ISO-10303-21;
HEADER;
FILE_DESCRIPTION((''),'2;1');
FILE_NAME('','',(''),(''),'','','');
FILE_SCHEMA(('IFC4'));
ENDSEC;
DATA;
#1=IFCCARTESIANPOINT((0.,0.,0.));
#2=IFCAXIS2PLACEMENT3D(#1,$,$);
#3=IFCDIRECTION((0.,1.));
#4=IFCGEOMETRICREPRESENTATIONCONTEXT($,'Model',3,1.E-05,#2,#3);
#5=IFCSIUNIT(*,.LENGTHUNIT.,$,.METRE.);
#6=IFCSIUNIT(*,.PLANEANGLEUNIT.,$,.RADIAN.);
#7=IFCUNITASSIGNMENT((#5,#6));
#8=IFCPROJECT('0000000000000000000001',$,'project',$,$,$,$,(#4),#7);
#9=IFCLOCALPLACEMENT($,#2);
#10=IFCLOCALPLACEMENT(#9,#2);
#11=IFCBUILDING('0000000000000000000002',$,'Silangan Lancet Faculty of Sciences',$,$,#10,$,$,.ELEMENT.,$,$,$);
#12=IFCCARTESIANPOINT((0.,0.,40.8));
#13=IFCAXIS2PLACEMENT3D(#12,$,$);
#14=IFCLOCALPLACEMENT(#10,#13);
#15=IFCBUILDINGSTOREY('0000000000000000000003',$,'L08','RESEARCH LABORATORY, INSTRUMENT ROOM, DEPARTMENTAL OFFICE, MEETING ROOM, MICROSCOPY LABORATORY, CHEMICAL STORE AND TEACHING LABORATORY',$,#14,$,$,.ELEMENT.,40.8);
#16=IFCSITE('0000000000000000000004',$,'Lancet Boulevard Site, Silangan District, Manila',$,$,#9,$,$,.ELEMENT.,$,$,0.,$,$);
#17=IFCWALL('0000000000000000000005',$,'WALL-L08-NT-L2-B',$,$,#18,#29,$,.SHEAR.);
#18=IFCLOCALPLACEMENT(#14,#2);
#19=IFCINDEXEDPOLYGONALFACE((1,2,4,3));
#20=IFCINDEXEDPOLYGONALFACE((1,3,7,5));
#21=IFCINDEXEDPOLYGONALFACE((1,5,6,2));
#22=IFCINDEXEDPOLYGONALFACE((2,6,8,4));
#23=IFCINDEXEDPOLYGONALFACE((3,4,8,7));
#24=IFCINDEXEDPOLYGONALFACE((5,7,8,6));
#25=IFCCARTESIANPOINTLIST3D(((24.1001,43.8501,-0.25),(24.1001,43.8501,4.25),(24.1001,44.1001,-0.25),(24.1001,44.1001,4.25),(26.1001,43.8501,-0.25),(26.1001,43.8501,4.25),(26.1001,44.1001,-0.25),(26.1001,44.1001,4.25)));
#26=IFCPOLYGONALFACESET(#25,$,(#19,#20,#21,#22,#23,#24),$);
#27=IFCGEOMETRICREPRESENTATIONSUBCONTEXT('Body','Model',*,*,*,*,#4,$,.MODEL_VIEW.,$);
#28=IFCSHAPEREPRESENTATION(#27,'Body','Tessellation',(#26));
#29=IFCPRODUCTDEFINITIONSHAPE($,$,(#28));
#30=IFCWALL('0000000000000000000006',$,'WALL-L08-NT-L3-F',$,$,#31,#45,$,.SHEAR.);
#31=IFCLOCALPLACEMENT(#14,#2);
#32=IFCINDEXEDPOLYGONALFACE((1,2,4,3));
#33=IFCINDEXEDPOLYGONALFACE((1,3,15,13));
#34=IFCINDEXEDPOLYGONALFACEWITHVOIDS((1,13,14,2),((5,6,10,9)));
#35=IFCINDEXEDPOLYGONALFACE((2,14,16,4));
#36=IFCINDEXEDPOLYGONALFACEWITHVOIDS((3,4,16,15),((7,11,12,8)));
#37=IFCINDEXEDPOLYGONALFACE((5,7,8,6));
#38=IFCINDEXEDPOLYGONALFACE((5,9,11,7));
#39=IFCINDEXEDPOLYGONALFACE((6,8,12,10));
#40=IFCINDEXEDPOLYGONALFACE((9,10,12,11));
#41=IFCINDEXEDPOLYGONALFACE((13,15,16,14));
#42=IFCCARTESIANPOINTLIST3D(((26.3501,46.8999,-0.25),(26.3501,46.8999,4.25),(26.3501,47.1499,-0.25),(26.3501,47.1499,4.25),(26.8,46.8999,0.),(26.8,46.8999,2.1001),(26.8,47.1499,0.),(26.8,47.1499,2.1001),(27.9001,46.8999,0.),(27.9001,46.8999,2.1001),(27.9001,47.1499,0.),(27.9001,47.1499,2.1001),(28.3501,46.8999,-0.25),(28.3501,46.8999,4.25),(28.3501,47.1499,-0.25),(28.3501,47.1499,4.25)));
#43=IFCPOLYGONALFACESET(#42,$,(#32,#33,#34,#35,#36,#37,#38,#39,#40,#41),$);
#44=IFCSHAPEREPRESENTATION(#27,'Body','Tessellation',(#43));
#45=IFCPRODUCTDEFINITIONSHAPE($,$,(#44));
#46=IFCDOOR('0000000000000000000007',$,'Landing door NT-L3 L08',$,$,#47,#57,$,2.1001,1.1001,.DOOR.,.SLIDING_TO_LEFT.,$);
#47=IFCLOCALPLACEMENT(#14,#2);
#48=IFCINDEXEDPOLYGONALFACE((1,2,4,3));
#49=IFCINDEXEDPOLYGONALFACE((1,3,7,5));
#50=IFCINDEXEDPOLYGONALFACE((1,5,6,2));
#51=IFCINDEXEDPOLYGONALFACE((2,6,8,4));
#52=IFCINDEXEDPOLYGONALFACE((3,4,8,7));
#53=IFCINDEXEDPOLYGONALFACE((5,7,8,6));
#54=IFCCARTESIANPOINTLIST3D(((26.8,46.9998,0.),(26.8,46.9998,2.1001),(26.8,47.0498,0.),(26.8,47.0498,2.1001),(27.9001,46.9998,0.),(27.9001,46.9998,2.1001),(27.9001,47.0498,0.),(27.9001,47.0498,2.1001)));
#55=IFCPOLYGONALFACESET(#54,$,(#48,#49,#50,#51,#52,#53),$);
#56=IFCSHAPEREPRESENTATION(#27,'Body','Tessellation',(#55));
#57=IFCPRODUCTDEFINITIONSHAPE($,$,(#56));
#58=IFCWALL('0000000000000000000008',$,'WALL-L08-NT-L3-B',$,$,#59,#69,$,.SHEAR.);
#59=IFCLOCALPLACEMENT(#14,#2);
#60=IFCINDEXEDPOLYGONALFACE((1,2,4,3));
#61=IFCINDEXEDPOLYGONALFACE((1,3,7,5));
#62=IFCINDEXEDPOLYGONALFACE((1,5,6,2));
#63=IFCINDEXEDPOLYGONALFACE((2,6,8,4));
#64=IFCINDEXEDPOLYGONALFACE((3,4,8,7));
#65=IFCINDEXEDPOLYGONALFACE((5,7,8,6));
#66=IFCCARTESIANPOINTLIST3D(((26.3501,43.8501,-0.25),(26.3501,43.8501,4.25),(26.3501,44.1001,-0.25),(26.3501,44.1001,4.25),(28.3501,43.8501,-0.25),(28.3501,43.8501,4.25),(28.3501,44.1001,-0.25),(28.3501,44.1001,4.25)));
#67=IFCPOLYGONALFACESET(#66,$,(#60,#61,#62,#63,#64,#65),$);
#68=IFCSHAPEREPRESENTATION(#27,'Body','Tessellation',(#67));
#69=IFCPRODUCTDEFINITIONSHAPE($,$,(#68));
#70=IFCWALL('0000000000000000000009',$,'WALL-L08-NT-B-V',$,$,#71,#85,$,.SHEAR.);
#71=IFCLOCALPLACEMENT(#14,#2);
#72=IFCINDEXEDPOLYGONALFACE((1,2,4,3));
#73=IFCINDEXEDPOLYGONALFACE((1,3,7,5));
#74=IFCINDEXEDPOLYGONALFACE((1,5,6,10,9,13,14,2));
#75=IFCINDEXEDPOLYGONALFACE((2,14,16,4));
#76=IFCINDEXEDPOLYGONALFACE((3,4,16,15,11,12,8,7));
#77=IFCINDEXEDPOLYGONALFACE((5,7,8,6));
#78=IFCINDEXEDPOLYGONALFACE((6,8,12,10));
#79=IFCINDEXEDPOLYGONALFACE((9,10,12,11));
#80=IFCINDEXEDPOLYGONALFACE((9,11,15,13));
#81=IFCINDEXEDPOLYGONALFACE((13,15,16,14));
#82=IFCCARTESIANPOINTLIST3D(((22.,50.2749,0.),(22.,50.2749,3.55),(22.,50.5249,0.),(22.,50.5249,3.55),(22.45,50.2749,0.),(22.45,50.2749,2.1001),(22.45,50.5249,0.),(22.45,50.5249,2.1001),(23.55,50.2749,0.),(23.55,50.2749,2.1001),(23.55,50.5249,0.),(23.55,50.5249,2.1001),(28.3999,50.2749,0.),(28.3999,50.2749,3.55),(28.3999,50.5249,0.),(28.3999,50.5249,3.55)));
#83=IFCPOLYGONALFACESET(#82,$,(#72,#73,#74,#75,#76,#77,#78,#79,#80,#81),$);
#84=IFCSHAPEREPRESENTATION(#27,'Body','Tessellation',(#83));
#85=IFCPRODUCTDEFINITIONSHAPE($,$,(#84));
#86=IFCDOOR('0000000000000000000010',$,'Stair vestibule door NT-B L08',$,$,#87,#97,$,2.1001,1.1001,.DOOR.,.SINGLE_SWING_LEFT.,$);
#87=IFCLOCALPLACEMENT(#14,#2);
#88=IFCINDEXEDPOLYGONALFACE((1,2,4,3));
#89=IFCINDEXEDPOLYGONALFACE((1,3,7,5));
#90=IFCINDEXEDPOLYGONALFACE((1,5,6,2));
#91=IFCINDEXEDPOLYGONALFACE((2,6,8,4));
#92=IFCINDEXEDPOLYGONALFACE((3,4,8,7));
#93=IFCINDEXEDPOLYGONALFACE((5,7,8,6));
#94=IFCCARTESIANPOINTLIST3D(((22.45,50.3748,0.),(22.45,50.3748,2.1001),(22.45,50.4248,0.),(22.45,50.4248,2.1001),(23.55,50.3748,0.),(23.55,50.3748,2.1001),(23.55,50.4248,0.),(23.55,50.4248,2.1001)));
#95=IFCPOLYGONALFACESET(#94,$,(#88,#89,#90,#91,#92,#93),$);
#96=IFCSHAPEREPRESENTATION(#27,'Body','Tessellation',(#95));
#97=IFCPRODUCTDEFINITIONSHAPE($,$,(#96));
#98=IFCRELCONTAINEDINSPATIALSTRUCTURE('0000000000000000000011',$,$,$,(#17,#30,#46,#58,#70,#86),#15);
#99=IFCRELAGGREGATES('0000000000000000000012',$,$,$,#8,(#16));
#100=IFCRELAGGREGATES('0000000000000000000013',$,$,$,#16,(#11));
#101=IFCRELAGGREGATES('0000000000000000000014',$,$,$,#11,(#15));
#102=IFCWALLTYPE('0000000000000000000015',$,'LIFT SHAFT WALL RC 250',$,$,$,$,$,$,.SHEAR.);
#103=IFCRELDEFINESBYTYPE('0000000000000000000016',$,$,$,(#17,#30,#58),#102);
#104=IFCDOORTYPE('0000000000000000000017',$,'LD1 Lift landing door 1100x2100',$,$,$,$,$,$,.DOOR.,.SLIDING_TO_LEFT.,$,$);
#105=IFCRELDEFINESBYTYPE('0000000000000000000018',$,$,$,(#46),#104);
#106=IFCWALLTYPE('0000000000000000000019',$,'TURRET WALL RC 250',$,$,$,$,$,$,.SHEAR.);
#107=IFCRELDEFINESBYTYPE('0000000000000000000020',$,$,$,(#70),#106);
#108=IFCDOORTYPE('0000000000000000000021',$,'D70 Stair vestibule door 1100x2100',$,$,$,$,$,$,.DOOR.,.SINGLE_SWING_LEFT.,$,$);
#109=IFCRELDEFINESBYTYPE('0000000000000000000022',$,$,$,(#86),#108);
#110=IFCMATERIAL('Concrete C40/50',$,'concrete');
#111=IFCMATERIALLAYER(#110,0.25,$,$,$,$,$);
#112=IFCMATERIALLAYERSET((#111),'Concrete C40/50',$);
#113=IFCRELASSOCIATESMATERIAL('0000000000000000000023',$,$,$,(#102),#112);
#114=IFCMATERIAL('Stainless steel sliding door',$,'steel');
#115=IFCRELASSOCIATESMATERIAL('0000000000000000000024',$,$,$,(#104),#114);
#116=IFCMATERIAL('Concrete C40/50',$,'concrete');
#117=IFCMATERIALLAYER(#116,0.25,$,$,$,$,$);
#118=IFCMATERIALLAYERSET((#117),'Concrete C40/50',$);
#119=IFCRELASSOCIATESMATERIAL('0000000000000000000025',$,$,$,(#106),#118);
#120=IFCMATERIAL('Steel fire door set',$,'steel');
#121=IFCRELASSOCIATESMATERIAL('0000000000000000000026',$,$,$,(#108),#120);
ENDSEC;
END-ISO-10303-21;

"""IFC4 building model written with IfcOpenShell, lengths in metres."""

from ifc_helpers import new_model, si_unit, direction, frame, frame_2d, origin, place, context, subcontext, project, spatial, rectangle, extrude, material, layer, layer_set, type_object, element, fill, save


model = new_model("IFC4")

# Units and contexts
model_context = context("Model", 3, precision=1e-05, world=origin(), true_north=direction((0.0, 1.0)))
body_context = subcontext(model_context, "Body", "Model", "MODEL_VIEW")
ifc_project = project(units=[si_unit("LENGTHUNIT", "METRE"), si_unit("PLANEANGLEUNIT", "RADIAN")], contexts=[model_context])

# Site, building, storey
site_placement = place(None, origin())
site = spatial("IfcSite", under=ifc_project, at=site_placement, Name="Lancet Boulevard Site, Silangan District, Manila", CompositionType="ELEMENT", RefElevation=0.0)
building_placement = place(site_placement, origin())
building = spatial("IfcBuilding", under=site, at=building_placement, Name="Silangan Lancet Faculty of Sciences", CompositionType="ELEMENT")
storey_placement = place(building_placement, frame((0.0, 0.0, 40.8)))
storey = spatial("IfcBuildingStorey", under=building, at=storey_placement, Name="L08", Description="RESEARCH LABORATORY, INSTRUMENT ROOM, DEPARTMENTAL OFFICE, MEETING ROOM, MICROSCOPY LABORATORY, CHEMICAL STORE AND TEACHING LABORATORY", CompositionType="ELEMENT", Elevation=40.8)

# Shared definitions
ifc_material_1 = material(Name="Concrete C40/50", Category="concrete")
ifc_layer_1 = layer(ifc_material_1, 0.25)
ifc_layer_set_1 = layer_set([ifc_layer_1], Name="Concrete C40/50")
wall_type_1 = type_object("IfcWallType", Name="LIFT SHAFT WALL RC 250", PredefinedType="SHEAR", material=ifc_layer_set_1)

# Shared definitions
ifc_material_2 = material(Name="Stainless steel sliding door", Category="steel")
door_type_1 = type_object("IfcDoorType", Name="LD1 Lift landing door 1100x2100", OperationType="SLIDING_TO_LEFT", PredefinedType="DOOR", material=ifc_material_2)

# Wall
wall_1_placement = place(storey_placement, frame((24.1001, 43.9751, -0.25), z_axis=(0.0, 0.0, 1.0), x_axis=(1.0, 0.0, 0.0)))
element("IfcWall", 1, at=wall_1_placement, inside=storey, type_object=wall_type_1, Name="WALL-L08-NT-L2-B", PredefinedType="SHEAR", context=body_context, shape_type="SweptSolid", body=[
    extrude(rectangle(XDim=2.0, YDim=0.25, at=frame_2d((1.0, 0.0))), origin(), (0.0, 0.0, 1.0), 4.5),
])

# Wall, opening, door
wall_2_placement = place(storey_placement, frame((26.3501, 47.0249, -0.25), z_axis=(0.0, 0.0, 1.0), x_axis=(1.0, 0.0, 0.0)))
wall_2 = element("IfcWall", 2, at=wall_2_placement, inside=storey, type_object=wall_type_1, Name="WALL-L08-NT-L3-F", PredefinedType="SHEAR", context=body_context, shape_type="SweptSolid", body=[
    extrude(rectangle(XDim=2.0, YDim=0.25, at=frame_2d((1.0, 0.0))), origin(), (0.0, 0.0, 1.0), 4.5),
])
opening_1_placement = place(wall_2_placement, frame((0.45, 0.0, 0.25)))
opening_1 = element("IfcOpeningElement", 3, at=opening_1_placement, cuts=wall_2, PredefinedType="OPENING", context=body_context, shape_type="SweptSolid", body=[
    extrude(rectangle(XDim=1.1001, YDim=2.1001, at=frame_2d((0.55, 1.05))), frame((0.0, 0.135, 0.0), z_axis=(0.0, -1.0, 0.0), x_axis=(1.0, 0.0, 0.0)), (0.0, 0.0, 1.0), 0.27),
])
door_1_placement = place(opening_1_placement, origin())
door_1 = element("IfcDoor", 4, at=door_1_placement, inside=storey, type_object=door_type_1, Name="Landing door NT-L3 L08", OperationType="SLIDING_TO_LEFT", OverallHeight=2.1001, OverallWidth=1.1001, PredefinedType="DOOR", context=body_context, shape_type="SweptSolid", body=[
    extrude(rectangle(XDim=1.1001, YDim=2.1001, at=frame_2d((0.55, 1.05))), frame((0.0, 0.0249, 0.0), z_axis=(0.0, -1.0, 0.0), x_axis=(1.0, 0.0, 0.0)), (0.0, 0.0, 1.0), 0.05),
])
fill(opening_1, door_1)

# Wall
wall_3_placement = place(storey_placement, frame((26.3501, 43.9751, -0.25), z_axis=(0.0, 0.0, 1.0), x_axis=(1.0, 0.0, 0.0)))
element("IfcWall", 5, at=wall_3_placement, inside=storey, type_object=wall_type_1, Name="WALL-L08-NT-L3-B", PredefinedType="SHEAR", context=body_context, shape_type="SweptSolid", body=[
    extrude(rectangle(XDim=2.0, YDim=0.25, at=frame_2d((1.0, 0.0))), origin(), (0.0, 0.0, 1.0), 4.5),
])

# Wall, opening, door
ifc_material_3 = material(Name="Concrete C40/50", Category="concrete")
ifc_layer_2 = layer(ifc_material_3, 0.25)
ifc_layer_set_2 = layer_set([ifc_layer_2], Name="Concrete C40/50")
wall_type_2 = type_object("IfcWallType", Name="TURRET WALL RC 250", PredefinedType="SHEAR", material=ifc_layer_set_2)
wall_4_placement = place(storey_placement, frame((22.0, 50.3999, 0.0), z_axis=(0.0, 0.0, 1.0), x_axis=(1.0, 0.0, 0.0)))
wall_4 = element("IfcWall", 6, at=wall_4_placement, inside=storey, type_object=wall_type_2, Name="WALL-L08-NT-B-V", PredefinedType="SHEAR", context=body_context, shape_type="SweptSolid", body=[
    extrude(rectangle(XDim=6.3999, YDim=0.25, at=frame_2d((3.2, 0.0))), origin(), (0.0, 0.0, 1.0), 3.55),
])
opening_2_placement = place(wall_4_placement, frame((0.45, 0.0, 0.0)))
opening_2 = element("IfcOpeningElement", 7, at=opening_2_placement, cuts=wall_4, PredefinedType="OPENING", context=body_context, shape_type="SweptSolid", body=[
    extrude(rectangle(XDim=1.1001, YDim=2.1001, at=frame_2d((0.55, 1.05))), frame((0.0, 0.135, 0.0), z_axis=(0.0, -1.0, 0.0), x_axis=(1.0, 0.0, 0.0)), (0.0, 0.0, 1.0), 0.27),
])
ifc_material_4 = material(Name="Steel fire door set", Category="steel")
door_type_2 = type_object("IfcDoorType", Name="D70 Stair vestibule door 1100x2100", OperationType="SINGLE_SWING_LEFT", PredefinedType="DOOR", material=ifc_material_4)
door_2_placement = place(opening_2_placement, origin())
door_2 = element("IfcDoor", 8, at=door_2_placement, inside=storey, type_object=door_type_2, Name="Stair vestibule door NT-B L08", OperationType="SINGLE_SWING_LEFT", OverallHeight=2.1001, OverallWidth=1.1001, PredefinedType="DOOR", context=body_context, shape_type="SweptSolid", body=[
    extrude(rectangle(XDim=1.1001, YDim=2.1001, at=frame_2d((0.55, 1.05))), frame((0.0, 0.0249, 0.0), z_axis=(0.0, -1.0, 0.0), x_axis=(1.0, 0.0, 0.0)), (0.0, 0.0, 1.0), 0.05),
])
fill(opening_2, door_2)

save(model, "model.ifc")
